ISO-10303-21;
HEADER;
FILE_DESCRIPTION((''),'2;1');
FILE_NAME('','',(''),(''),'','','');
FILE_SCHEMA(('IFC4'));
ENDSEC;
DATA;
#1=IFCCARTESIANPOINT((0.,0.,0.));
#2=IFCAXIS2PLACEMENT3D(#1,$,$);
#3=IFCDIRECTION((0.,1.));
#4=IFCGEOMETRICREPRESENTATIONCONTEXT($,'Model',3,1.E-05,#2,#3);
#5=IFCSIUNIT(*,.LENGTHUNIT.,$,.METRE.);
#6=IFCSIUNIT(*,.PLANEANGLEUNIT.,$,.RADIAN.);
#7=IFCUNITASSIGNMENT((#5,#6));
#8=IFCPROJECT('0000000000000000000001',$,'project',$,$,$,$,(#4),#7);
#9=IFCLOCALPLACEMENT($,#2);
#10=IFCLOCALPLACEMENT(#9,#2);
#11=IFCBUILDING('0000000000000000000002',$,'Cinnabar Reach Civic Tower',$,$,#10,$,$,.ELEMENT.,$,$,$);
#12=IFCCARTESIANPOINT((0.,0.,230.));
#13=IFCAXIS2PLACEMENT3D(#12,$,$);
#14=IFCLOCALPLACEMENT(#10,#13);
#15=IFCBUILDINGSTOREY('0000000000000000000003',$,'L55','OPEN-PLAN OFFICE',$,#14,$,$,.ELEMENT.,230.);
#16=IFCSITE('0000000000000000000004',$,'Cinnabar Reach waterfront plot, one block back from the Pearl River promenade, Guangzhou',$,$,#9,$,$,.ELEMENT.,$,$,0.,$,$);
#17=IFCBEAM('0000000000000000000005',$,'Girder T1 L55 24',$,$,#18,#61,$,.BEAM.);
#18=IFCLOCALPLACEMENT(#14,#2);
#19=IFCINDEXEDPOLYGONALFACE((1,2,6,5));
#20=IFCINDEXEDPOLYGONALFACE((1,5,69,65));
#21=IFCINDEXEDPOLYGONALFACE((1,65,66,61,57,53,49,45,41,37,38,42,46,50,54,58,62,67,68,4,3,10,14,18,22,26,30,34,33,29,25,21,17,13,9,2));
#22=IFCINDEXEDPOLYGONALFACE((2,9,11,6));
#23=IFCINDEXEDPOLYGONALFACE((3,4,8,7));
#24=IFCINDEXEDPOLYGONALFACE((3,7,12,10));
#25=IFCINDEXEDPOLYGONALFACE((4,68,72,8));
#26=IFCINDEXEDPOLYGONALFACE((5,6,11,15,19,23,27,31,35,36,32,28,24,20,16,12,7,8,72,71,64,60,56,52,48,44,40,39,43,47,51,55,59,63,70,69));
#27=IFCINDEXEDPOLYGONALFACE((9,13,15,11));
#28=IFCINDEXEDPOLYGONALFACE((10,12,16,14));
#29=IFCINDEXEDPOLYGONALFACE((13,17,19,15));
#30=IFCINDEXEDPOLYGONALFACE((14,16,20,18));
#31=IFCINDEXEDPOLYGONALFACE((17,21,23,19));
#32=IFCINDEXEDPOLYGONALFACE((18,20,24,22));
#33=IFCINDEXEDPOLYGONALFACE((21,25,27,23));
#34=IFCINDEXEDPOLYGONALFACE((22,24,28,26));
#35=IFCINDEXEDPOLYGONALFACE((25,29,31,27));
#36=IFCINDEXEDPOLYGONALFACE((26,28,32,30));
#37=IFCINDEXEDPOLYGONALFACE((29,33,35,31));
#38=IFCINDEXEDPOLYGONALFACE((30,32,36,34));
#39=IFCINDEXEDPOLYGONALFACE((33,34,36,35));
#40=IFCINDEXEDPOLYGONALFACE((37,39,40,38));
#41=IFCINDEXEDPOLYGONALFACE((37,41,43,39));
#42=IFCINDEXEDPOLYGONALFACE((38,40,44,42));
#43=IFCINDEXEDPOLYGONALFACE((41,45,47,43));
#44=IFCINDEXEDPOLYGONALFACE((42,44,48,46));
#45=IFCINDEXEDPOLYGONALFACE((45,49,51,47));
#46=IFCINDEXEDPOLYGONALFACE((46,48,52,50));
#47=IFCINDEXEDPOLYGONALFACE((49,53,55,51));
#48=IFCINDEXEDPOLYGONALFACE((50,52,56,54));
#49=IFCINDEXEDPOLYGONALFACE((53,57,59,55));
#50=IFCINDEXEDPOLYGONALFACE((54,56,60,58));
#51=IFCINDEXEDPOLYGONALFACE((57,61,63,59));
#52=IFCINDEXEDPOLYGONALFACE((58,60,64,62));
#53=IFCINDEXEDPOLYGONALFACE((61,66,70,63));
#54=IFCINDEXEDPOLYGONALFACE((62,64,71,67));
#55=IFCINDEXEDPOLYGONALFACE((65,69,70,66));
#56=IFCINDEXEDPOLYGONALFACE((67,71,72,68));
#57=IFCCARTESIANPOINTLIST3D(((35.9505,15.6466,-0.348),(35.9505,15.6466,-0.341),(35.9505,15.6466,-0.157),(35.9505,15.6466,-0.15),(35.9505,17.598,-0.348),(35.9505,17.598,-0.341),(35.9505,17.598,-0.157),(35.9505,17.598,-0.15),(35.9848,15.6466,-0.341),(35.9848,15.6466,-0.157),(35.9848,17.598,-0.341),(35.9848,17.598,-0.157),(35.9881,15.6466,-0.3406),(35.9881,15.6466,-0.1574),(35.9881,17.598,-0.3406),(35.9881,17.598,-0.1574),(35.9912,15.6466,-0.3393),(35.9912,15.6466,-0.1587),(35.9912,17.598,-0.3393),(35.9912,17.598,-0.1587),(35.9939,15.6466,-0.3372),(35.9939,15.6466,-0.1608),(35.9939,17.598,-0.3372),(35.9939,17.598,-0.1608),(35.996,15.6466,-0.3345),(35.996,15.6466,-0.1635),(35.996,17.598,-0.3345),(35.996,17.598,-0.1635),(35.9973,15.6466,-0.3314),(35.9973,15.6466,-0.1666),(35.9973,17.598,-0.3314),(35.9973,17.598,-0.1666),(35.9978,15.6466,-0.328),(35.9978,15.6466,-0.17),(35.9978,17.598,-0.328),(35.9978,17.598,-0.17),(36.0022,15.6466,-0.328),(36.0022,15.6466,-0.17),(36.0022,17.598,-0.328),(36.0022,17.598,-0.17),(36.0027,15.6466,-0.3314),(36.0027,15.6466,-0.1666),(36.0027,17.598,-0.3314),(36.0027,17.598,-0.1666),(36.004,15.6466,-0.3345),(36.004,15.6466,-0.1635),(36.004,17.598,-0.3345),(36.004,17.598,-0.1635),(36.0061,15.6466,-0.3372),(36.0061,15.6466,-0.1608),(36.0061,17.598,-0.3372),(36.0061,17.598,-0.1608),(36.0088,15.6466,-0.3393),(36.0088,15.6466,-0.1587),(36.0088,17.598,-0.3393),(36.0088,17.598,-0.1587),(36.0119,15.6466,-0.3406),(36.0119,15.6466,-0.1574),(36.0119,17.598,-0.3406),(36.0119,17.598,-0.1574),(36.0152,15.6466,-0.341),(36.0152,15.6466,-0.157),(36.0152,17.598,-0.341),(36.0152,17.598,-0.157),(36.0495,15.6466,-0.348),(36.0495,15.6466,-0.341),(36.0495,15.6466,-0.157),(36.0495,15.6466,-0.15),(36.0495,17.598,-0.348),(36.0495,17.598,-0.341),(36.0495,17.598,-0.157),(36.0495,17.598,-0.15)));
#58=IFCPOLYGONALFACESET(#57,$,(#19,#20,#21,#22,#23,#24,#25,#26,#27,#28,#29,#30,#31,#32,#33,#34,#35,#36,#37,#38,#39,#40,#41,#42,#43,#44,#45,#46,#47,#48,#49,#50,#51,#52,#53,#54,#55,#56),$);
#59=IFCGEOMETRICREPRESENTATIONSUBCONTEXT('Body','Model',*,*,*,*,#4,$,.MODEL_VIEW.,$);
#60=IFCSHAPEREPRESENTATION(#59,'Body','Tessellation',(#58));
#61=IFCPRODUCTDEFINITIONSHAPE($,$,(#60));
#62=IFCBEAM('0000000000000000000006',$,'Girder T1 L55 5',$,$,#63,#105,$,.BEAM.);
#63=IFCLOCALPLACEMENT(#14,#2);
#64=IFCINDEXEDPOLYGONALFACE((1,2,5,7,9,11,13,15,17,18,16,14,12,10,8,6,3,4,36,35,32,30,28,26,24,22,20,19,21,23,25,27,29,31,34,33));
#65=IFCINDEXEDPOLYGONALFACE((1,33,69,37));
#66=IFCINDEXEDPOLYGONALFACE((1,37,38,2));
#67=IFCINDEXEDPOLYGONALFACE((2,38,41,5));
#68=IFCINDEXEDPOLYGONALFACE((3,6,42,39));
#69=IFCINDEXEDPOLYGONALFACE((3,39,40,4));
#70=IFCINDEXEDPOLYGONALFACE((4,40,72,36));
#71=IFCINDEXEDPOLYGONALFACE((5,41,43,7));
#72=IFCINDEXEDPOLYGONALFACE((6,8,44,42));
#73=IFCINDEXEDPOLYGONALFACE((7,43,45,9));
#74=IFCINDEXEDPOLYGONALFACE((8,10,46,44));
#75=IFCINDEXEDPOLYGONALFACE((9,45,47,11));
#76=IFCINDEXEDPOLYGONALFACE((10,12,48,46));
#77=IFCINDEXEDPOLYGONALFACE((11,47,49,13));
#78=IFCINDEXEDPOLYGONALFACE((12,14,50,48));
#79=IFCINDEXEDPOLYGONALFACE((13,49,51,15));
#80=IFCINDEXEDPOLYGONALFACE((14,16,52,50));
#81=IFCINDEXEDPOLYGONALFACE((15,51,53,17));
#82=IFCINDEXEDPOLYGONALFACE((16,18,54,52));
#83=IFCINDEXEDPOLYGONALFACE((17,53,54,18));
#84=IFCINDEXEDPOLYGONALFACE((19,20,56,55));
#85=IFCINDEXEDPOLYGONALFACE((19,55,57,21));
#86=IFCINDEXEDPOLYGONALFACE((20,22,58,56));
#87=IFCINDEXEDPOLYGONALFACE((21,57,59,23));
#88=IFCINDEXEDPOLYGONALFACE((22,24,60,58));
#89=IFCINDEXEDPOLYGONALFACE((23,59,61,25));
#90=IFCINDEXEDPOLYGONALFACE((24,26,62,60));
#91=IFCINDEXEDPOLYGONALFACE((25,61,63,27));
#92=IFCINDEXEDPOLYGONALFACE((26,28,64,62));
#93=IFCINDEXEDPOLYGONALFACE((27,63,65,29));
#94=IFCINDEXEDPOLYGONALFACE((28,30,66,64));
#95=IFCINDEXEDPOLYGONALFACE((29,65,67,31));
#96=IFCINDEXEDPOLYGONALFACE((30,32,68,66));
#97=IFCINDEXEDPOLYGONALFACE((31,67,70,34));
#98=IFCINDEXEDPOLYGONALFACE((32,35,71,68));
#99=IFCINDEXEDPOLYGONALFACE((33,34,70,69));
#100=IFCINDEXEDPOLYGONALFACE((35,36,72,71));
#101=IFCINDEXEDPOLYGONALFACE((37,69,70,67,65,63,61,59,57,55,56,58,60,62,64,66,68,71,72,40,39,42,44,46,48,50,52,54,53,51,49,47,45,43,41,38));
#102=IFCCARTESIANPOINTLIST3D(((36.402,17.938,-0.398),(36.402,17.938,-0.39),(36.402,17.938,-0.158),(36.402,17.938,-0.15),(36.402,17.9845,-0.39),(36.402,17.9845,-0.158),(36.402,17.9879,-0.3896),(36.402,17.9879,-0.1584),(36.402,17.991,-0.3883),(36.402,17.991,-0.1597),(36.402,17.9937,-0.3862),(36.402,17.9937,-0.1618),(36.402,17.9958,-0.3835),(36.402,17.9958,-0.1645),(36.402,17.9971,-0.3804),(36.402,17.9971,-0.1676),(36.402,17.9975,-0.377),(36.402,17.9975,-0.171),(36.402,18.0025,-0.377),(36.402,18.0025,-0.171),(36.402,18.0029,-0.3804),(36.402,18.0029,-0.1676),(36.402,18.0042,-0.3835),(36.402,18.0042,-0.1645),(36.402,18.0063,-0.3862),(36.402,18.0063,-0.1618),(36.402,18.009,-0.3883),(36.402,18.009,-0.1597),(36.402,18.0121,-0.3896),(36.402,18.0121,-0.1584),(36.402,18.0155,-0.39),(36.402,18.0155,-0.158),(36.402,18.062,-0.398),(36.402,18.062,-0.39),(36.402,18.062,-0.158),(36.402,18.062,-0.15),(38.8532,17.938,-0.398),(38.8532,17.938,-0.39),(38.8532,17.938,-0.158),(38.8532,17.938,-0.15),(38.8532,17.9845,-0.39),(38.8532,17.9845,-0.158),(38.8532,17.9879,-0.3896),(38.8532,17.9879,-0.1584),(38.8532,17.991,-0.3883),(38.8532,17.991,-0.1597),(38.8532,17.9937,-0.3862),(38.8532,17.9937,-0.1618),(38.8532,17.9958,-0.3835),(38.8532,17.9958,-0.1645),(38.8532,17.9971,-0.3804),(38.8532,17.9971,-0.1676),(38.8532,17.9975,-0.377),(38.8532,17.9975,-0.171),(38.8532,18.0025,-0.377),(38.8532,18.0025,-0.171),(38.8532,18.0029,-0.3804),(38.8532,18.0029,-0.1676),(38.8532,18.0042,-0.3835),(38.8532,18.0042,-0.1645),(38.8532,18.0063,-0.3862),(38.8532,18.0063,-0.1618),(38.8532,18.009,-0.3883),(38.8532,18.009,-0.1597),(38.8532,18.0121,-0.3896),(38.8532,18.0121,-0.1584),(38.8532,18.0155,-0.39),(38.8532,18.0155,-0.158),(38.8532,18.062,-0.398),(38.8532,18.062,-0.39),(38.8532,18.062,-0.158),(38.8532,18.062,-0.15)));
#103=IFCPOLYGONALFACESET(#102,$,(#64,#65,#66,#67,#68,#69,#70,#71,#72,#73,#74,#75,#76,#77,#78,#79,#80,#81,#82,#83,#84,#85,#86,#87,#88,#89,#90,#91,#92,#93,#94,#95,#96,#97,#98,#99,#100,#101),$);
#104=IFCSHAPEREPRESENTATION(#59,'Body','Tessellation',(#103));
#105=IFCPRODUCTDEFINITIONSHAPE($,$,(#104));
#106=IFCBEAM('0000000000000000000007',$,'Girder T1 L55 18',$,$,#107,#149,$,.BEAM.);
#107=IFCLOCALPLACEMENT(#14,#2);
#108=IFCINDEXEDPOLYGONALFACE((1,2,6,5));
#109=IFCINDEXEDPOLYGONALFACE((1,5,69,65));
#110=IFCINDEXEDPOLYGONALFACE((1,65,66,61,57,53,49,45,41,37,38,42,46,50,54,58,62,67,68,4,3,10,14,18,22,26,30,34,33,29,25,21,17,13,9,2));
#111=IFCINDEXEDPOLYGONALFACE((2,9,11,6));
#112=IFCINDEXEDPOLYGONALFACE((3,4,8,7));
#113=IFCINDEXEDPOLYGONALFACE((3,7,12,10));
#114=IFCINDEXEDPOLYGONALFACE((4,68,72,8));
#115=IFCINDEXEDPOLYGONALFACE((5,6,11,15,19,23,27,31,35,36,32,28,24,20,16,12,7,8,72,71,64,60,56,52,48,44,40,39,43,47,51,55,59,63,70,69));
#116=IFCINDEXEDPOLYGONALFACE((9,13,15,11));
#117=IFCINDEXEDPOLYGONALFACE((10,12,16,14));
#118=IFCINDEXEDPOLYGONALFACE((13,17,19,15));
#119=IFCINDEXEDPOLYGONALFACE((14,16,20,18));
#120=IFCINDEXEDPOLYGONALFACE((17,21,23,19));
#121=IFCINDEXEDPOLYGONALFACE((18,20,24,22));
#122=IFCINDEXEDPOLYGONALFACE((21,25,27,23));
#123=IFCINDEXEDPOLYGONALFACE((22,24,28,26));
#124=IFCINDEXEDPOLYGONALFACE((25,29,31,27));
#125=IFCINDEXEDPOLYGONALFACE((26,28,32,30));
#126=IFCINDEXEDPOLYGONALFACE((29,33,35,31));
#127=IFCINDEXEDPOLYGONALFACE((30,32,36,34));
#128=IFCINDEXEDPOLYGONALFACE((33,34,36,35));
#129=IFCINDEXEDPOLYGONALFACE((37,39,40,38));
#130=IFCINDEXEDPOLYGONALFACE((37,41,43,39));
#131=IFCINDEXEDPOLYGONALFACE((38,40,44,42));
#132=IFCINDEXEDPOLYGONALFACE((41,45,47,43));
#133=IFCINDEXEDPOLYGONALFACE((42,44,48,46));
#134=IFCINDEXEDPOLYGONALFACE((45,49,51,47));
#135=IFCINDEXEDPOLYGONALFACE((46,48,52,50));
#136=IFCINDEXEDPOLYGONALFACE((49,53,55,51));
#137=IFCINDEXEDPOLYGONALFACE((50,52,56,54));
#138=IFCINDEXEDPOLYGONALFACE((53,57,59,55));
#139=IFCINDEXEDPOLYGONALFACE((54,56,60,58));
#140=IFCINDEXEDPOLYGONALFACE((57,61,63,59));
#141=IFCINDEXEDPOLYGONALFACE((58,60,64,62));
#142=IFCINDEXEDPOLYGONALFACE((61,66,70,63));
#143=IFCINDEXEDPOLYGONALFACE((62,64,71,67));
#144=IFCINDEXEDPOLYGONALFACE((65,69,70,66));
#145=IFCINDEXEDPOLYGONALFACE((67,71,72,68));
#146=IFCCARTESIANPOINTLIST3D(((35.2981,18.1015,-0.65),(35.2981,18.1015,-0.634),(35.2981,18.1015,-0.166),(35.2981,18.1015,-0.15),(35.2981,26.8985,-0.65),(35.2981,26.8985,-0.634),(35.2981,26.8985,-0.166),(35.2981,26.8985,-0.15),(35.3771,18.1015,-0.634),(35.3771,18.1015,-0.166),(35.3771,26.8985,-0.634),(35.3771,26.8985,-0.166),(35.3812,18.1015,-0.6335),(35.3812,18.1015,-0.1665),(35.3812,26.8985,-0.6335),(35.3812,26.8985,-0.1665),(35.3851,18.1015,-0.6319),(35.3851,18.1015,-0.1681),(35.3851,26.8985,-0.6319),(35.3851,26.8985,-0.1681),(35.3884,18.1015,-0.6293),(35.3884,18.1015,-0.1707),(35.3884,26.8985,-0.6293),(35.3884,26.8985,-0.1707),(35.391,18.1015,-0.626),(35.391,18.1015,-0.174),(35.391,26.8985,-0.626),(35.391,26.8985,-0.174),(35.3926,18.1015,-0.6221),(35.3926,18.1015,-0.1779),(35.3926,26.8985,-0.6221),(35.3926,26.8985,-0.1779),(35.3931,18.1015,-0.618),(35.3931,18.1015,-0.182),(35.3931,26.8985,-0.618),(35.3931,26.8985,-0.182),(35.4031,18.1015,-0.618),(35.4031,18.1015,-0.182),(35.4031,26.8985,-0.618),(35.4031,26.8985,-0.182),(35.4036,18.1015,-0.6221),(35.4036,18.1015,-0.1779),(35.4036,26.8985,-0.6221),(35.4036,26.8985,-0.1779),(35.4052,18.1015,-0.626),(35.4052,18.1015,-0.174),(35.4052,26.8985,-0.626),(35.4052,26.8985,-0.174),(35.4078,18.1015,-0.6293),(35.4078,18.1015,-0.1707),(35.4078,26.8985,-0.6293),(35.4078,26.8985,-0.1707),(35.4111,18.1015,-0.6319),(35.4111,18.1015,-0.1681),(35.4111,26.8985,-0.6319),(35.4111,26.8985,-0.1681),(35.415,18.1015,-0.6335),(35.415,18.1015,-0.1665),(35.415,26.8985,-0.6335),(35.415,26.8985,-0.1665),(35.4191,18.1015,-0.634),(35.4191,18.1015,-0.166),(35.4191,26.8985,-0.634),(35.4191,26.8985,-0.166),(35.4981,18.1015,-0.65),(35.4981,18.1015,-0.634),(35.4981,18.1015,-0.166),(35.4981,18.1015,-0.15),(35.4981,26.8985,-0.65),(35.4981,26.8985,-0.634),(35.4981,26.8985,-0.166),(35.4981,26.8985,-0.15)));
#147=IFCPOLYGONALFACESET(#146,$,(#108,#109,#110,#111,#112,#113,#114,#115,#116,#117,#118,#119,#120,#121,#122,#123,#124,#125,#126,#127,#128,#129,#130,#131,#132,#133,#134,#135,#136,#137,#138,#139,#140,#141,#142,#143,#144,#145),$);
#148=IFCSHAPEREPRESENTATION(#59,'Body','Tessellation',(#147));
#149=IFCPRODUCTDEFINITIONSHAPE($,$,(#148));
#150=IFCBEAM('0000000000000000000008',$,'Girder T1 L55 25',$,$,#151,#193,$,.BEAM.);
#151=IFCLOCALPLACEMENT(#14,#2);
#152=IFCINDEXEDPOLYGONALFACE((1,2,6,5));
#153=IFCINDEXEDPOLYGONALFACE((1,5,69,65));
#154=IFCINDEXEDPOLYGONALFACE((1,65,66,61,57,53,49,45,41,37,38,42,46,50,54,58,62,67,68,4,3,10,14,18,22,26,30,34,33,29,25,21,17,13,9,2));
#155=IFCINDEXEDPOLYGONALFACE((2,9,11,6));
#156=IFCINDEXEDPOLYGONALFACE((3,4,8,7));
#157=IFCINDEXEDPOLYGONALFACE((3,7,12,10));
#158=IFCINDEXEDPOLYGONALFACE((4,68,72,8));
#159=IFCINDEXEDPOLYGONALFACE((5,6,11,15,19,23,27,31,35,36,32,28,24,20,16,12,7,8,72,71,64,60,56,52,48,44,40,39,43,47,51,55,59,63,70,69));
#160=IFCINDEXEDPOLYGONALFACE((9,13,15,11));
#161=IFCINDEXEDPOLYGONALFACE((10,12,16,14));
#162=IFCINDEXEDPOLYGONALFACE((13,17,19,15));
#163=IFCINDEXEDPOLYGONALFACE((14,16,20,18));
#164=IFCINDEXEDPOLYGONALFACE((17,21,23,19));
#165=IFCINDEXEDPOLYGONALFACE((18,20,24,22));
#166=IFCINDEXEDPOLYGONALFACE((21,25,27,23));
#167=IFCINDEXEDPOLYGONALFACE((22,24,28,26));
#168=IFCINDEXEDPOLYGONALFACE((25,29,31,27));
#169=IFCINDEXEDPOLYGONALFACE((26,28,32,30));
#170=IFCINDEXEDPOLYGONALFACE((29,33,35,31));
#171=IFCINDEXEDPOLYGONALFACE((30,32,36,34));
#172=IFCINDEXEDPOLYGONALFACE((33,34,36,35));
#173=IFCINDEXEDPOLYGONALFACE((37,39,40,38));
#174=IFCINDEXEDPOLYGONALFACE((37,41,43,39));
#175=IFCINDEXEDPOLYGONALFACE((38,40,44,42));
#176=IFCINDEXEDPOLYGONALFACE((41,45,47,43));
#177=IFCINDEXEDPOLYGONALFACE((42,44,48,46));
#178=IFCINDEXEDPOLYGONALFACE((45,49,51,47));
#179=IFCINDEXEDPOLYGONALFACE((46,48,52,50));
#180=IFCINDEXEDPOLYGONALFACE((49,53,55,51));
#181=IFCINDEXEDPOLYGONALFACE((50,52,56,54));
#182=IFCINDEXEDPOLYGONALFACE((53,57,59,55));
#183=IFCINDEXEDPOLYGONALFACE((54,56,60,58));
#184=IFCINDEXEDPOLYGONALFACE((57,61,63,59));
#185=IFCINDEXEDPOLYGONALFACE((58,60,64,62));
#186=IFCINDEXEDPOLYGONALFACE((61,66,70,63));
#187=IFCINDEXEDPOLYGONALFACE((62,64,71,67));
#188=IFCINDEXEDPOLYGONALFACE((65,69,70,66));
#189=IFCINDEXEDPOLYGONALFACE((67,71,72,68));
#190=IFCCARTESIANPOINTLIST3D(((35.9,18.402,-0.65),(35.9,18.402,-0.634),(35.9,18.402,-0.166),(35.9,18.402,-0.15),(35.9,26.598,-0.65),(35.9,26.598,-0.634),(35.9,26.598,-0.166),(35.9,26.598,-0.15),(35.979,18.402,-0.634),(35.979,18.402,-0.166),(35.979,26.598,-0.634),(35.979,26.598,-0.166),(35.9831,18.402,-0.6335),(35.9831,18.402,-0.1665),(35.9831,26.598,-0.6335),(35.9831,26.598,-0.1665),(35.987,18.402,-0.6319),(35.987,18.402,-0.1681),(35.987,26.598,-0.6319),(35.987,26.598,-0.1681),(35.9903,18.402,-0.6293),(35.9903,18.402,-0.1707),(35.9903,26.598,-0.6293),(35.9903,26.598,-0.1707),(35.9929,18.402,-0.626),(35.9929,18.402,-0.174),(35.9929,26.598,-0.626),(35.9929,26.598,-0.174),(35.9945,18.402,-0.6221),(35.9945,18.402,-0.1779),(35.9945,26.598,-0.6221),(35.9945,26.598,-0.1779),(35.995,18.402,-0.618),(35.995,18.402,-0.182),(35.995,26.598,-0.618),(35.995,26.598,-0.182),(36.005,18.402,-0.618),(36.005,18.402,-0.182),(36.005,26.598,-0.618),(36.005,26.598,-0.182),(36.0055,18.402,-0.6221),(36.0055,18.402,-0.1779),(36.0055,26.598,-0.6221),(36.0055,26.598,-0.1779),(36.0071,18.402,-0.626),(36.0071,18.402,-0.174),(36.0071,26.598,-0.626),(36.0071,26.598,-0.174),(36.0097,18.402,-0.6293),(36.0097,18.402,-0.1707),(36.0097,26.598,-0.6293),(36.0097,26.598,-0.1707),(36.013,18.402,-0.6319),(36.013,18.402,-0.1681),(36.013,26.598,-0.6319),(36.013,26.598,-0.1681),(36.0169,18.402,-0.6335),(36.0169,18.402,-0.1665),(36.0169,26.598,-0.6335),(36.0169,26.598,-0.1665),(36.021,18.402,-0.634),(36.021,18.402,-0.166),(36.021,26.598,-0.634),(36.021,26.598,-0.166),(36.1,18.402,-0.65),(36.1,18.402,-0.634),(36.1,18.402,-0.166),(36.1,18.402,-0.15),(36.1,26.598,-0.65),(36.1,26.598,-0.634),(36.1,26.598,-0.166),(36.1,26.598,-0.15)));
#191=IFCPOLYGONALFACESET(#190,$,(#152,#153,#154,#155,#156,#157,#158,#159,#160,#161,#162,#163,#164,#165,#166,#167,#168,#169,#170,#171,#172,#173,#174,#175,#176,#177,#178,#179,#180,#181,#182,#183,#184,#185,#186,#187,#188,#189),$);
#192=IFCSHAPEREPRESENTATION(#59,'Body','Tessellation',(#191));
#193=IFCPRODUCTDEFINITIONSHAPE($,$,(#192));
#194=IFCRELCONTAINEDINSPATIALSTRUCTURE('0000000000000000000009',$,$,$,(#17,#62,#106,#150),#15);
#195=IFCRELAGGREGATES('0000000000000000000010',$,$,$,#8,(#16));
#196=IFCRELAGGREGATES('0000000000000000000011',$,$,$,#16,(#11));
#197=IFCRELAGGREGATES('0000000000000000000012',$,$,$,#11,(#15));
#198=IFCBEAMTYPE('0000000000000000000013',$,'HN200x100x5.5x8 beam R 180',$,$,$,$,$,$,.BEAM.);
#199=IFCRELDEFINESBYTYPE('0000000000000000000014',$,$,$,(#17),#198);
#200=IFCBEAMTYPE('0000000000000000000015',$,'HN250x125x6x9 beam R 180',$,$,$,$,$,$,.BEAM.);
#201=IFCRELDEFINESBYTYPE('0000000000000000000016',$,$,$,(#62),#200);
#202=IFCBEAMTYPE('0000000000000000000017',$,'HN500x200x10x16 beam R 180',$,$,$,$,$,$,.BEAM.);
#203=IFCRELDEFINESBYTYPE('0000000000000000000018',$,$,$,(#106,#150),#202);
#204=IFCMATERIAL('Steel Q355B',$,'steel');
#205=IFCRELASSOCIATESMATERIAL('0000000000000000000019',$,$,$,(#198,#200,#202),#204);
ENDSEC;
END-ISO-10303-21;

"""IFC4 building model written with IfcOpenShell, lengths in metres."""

from ifc_helpers import new_model, si_unit, direction, frame, origin, origin_2d, place, context, subcontext, project, spatial, i_section, extrude, material, material_profile, profile_set, type_object, element, save


model = new_model("IFC4")

# Units and contexts
model_context = context("Model", 3, precision=1e-05, world=origin(), true_north=direction((0.0, 1.0)))
body_context = subcontext(model_context, "Body", "Model", "MODEL_VIEW")
ifc_project = project(units=[si_unit("LENGTHUNIT", "METRE"), si_unit("PLANEANGLEUNIT", "RADIAN")], contexts=[model_context])

# Site, building, storey
site_placement = place(None, origin())
site = spatial("IfcSite", under=ifc_project, at=site_placement, Name="Cinnabar Reach waterfront plot, one block back from the Pearl River promenade, Guangzhou", CompositionType="ELEMENT", RefElevation=0.0)
building_placement = place(site_placement, origin())
building = spatial("IfcBuilding", under=site, at=building_placement, Name="Cinnabar Reach Civic Tower", CompositionType="ELEMENT")
storey_placement = place(building_placement, frame((0.0, 0.0, 230.0)))
storey = spatial("IfcBuildingStorey", under=building, at=storey_placement, Name="L55", Description="OPEN-PLAN OFFICE", CompositionType="ELEMENT", Elevation=230.0)

# Beams
ifc_material_1 = material(Name="Steel Q355B", Category="steel")
ifc_material_profile_1 = material_profile(ifc_material_1, i_section(OverallWidth=0.099, OverallDepth=0.198, WebThickness=0.0045, FlangeThickness=0.007, FilletRadius=0.013, at=origin_2d()), Name="HN200x100x5.5x8")
ifc_profile_set_1 = profile_set([ifc_material_profile_1], Name="Steel Q355B")
beam_type_1 = type_object("IfcBeamType", Name="HN200x100x5.5x8 beam R 180", PredefinedType="BEAM", material=ifc_profile_set_1)
beam_1_placement = place(storey_placement, frame((36.0, 15.6466, -0.249), z_axis=(0.0, 1.0, 0.0), x_axis=(-1.0, 0.0, 0.0)))
element("IfcBeam", 1, at=beam_1_placement, inside=storey, type_object=beam_type_1, Name="Girder T1 L55 24", PredefinedType="BEAM", context=body_context, shape_type="SweptSolid", body=[
    extrude(i_section(OverallWidth=0.099, OverallDepth=0.198, WebThickness=0.0045, FlangeThickness=0.007, FilletRadius=0.013, at=origin_2d()), origin(), (0.0, 0.0, 1.0), 1.9514),
])
ifc_material_profile_2 = material_profile(ifc_material_1, i_section(OverallWidth=0.124, OverallDepth=0.248, WebThickness=0.005, FlangeThickness=0.008, FilletRadius=0.013, at=origin_2d()), Name="HN250x125x6x9")
ifc_profile_set_2 = profile_set([ifc_material_profile_2], Name="Steel Q355B")
beam_type_2 = type_object("IfcBeamType", Name="HN250x125x6x9 beam R 180", PredefinedType="BEAM", material=ifc_profile_set_2)
beam_2_placement = place(storey_placement, frame((36.402, 18.0, -0.274), z_axis=(1.0, 0.0, 0.0), x_axis=(0.0, 1.0, 0.0)))
element("IfcBeam", 2, at=beam_2_placement, inside=storey, type_object=beam_type_2, Name="Girder T1 L55 5", PredefinedType="BEAM", context=body_context, shape_type="SweptSolid", body=[
    extrude(i_section(OverallWidth=0.124, OverallDepth=0.248, WebThickness=0.005, FlangeThickness=0.008, FilletRadius=0.013, at=origin_2d()), origin(), (0.0, 0.0, 1.0), 2.4512),
])
ifc_material_profile_3 = material_profile(ifc_material_1, i_section(OverallWidth=0.2, OverallDepth=0.5, WebThickness=0.01, FlangeThickness=0.016, FilletRadius=0.016, at=origin_2d()), Name="HN500x200x10x16")
ifc_profile_set_3 = profile_set([ifc_material_profile_3], Name="Steel Q355B")
beam_type_3 = type_object("IfcBeamType", Name="HN500x200x10x16 beam R 180", PredefinedType="BEAM", material=ifc_profile_set_3)
beam_3_placement = place(storey_placement, frame((35.3981, 18.1015, -0.4), z_axis=(0.0, 1.0, 0.0), x_axis=(-1.0, 0.0, 0.0)))
element("IfcBeam", 3, at=beam_3_placement, inside=storey, type_object=beam_type_3, Name="Girder T1 L55 18", PredefinedType="BEAM", context=body_context, shape_type="SweptSolid", body=[
    extrude(i_section(OverallWidth=0.2, OverallDepth=0.5, WebThickness=0.01, FlangeThickness=0.016, FilletRadius=0.016, at=origin_2d()), origin(), (0.0, 0.0, 1.0), 8.797),
])
beam_4_placement = place(storey_placement, frame((36.0, 18.402, -0.4), z_axis=(0.0, 1.0, 0.0), x_axis=(-1.0, 0.0, 0.0)))
element("IfcBeam", 4, at=beam_4_placement, inside=storey, type_object=beam_type_3, Name="Girder T1 L55 25", PredefinedType="BEAM", context=body_context, shape_type="SweptSolid", body=[
    extrude(i_section(OverallWidth=0.2, OverallDepth=0.5, WebThickness=0.01, FlangeThickness=0.016, FilletRadius=0.016, at=origin_2d()), origin(), (0.0, 0.0, 1.0), 8.196),
])

save(model, "model.ifc")
